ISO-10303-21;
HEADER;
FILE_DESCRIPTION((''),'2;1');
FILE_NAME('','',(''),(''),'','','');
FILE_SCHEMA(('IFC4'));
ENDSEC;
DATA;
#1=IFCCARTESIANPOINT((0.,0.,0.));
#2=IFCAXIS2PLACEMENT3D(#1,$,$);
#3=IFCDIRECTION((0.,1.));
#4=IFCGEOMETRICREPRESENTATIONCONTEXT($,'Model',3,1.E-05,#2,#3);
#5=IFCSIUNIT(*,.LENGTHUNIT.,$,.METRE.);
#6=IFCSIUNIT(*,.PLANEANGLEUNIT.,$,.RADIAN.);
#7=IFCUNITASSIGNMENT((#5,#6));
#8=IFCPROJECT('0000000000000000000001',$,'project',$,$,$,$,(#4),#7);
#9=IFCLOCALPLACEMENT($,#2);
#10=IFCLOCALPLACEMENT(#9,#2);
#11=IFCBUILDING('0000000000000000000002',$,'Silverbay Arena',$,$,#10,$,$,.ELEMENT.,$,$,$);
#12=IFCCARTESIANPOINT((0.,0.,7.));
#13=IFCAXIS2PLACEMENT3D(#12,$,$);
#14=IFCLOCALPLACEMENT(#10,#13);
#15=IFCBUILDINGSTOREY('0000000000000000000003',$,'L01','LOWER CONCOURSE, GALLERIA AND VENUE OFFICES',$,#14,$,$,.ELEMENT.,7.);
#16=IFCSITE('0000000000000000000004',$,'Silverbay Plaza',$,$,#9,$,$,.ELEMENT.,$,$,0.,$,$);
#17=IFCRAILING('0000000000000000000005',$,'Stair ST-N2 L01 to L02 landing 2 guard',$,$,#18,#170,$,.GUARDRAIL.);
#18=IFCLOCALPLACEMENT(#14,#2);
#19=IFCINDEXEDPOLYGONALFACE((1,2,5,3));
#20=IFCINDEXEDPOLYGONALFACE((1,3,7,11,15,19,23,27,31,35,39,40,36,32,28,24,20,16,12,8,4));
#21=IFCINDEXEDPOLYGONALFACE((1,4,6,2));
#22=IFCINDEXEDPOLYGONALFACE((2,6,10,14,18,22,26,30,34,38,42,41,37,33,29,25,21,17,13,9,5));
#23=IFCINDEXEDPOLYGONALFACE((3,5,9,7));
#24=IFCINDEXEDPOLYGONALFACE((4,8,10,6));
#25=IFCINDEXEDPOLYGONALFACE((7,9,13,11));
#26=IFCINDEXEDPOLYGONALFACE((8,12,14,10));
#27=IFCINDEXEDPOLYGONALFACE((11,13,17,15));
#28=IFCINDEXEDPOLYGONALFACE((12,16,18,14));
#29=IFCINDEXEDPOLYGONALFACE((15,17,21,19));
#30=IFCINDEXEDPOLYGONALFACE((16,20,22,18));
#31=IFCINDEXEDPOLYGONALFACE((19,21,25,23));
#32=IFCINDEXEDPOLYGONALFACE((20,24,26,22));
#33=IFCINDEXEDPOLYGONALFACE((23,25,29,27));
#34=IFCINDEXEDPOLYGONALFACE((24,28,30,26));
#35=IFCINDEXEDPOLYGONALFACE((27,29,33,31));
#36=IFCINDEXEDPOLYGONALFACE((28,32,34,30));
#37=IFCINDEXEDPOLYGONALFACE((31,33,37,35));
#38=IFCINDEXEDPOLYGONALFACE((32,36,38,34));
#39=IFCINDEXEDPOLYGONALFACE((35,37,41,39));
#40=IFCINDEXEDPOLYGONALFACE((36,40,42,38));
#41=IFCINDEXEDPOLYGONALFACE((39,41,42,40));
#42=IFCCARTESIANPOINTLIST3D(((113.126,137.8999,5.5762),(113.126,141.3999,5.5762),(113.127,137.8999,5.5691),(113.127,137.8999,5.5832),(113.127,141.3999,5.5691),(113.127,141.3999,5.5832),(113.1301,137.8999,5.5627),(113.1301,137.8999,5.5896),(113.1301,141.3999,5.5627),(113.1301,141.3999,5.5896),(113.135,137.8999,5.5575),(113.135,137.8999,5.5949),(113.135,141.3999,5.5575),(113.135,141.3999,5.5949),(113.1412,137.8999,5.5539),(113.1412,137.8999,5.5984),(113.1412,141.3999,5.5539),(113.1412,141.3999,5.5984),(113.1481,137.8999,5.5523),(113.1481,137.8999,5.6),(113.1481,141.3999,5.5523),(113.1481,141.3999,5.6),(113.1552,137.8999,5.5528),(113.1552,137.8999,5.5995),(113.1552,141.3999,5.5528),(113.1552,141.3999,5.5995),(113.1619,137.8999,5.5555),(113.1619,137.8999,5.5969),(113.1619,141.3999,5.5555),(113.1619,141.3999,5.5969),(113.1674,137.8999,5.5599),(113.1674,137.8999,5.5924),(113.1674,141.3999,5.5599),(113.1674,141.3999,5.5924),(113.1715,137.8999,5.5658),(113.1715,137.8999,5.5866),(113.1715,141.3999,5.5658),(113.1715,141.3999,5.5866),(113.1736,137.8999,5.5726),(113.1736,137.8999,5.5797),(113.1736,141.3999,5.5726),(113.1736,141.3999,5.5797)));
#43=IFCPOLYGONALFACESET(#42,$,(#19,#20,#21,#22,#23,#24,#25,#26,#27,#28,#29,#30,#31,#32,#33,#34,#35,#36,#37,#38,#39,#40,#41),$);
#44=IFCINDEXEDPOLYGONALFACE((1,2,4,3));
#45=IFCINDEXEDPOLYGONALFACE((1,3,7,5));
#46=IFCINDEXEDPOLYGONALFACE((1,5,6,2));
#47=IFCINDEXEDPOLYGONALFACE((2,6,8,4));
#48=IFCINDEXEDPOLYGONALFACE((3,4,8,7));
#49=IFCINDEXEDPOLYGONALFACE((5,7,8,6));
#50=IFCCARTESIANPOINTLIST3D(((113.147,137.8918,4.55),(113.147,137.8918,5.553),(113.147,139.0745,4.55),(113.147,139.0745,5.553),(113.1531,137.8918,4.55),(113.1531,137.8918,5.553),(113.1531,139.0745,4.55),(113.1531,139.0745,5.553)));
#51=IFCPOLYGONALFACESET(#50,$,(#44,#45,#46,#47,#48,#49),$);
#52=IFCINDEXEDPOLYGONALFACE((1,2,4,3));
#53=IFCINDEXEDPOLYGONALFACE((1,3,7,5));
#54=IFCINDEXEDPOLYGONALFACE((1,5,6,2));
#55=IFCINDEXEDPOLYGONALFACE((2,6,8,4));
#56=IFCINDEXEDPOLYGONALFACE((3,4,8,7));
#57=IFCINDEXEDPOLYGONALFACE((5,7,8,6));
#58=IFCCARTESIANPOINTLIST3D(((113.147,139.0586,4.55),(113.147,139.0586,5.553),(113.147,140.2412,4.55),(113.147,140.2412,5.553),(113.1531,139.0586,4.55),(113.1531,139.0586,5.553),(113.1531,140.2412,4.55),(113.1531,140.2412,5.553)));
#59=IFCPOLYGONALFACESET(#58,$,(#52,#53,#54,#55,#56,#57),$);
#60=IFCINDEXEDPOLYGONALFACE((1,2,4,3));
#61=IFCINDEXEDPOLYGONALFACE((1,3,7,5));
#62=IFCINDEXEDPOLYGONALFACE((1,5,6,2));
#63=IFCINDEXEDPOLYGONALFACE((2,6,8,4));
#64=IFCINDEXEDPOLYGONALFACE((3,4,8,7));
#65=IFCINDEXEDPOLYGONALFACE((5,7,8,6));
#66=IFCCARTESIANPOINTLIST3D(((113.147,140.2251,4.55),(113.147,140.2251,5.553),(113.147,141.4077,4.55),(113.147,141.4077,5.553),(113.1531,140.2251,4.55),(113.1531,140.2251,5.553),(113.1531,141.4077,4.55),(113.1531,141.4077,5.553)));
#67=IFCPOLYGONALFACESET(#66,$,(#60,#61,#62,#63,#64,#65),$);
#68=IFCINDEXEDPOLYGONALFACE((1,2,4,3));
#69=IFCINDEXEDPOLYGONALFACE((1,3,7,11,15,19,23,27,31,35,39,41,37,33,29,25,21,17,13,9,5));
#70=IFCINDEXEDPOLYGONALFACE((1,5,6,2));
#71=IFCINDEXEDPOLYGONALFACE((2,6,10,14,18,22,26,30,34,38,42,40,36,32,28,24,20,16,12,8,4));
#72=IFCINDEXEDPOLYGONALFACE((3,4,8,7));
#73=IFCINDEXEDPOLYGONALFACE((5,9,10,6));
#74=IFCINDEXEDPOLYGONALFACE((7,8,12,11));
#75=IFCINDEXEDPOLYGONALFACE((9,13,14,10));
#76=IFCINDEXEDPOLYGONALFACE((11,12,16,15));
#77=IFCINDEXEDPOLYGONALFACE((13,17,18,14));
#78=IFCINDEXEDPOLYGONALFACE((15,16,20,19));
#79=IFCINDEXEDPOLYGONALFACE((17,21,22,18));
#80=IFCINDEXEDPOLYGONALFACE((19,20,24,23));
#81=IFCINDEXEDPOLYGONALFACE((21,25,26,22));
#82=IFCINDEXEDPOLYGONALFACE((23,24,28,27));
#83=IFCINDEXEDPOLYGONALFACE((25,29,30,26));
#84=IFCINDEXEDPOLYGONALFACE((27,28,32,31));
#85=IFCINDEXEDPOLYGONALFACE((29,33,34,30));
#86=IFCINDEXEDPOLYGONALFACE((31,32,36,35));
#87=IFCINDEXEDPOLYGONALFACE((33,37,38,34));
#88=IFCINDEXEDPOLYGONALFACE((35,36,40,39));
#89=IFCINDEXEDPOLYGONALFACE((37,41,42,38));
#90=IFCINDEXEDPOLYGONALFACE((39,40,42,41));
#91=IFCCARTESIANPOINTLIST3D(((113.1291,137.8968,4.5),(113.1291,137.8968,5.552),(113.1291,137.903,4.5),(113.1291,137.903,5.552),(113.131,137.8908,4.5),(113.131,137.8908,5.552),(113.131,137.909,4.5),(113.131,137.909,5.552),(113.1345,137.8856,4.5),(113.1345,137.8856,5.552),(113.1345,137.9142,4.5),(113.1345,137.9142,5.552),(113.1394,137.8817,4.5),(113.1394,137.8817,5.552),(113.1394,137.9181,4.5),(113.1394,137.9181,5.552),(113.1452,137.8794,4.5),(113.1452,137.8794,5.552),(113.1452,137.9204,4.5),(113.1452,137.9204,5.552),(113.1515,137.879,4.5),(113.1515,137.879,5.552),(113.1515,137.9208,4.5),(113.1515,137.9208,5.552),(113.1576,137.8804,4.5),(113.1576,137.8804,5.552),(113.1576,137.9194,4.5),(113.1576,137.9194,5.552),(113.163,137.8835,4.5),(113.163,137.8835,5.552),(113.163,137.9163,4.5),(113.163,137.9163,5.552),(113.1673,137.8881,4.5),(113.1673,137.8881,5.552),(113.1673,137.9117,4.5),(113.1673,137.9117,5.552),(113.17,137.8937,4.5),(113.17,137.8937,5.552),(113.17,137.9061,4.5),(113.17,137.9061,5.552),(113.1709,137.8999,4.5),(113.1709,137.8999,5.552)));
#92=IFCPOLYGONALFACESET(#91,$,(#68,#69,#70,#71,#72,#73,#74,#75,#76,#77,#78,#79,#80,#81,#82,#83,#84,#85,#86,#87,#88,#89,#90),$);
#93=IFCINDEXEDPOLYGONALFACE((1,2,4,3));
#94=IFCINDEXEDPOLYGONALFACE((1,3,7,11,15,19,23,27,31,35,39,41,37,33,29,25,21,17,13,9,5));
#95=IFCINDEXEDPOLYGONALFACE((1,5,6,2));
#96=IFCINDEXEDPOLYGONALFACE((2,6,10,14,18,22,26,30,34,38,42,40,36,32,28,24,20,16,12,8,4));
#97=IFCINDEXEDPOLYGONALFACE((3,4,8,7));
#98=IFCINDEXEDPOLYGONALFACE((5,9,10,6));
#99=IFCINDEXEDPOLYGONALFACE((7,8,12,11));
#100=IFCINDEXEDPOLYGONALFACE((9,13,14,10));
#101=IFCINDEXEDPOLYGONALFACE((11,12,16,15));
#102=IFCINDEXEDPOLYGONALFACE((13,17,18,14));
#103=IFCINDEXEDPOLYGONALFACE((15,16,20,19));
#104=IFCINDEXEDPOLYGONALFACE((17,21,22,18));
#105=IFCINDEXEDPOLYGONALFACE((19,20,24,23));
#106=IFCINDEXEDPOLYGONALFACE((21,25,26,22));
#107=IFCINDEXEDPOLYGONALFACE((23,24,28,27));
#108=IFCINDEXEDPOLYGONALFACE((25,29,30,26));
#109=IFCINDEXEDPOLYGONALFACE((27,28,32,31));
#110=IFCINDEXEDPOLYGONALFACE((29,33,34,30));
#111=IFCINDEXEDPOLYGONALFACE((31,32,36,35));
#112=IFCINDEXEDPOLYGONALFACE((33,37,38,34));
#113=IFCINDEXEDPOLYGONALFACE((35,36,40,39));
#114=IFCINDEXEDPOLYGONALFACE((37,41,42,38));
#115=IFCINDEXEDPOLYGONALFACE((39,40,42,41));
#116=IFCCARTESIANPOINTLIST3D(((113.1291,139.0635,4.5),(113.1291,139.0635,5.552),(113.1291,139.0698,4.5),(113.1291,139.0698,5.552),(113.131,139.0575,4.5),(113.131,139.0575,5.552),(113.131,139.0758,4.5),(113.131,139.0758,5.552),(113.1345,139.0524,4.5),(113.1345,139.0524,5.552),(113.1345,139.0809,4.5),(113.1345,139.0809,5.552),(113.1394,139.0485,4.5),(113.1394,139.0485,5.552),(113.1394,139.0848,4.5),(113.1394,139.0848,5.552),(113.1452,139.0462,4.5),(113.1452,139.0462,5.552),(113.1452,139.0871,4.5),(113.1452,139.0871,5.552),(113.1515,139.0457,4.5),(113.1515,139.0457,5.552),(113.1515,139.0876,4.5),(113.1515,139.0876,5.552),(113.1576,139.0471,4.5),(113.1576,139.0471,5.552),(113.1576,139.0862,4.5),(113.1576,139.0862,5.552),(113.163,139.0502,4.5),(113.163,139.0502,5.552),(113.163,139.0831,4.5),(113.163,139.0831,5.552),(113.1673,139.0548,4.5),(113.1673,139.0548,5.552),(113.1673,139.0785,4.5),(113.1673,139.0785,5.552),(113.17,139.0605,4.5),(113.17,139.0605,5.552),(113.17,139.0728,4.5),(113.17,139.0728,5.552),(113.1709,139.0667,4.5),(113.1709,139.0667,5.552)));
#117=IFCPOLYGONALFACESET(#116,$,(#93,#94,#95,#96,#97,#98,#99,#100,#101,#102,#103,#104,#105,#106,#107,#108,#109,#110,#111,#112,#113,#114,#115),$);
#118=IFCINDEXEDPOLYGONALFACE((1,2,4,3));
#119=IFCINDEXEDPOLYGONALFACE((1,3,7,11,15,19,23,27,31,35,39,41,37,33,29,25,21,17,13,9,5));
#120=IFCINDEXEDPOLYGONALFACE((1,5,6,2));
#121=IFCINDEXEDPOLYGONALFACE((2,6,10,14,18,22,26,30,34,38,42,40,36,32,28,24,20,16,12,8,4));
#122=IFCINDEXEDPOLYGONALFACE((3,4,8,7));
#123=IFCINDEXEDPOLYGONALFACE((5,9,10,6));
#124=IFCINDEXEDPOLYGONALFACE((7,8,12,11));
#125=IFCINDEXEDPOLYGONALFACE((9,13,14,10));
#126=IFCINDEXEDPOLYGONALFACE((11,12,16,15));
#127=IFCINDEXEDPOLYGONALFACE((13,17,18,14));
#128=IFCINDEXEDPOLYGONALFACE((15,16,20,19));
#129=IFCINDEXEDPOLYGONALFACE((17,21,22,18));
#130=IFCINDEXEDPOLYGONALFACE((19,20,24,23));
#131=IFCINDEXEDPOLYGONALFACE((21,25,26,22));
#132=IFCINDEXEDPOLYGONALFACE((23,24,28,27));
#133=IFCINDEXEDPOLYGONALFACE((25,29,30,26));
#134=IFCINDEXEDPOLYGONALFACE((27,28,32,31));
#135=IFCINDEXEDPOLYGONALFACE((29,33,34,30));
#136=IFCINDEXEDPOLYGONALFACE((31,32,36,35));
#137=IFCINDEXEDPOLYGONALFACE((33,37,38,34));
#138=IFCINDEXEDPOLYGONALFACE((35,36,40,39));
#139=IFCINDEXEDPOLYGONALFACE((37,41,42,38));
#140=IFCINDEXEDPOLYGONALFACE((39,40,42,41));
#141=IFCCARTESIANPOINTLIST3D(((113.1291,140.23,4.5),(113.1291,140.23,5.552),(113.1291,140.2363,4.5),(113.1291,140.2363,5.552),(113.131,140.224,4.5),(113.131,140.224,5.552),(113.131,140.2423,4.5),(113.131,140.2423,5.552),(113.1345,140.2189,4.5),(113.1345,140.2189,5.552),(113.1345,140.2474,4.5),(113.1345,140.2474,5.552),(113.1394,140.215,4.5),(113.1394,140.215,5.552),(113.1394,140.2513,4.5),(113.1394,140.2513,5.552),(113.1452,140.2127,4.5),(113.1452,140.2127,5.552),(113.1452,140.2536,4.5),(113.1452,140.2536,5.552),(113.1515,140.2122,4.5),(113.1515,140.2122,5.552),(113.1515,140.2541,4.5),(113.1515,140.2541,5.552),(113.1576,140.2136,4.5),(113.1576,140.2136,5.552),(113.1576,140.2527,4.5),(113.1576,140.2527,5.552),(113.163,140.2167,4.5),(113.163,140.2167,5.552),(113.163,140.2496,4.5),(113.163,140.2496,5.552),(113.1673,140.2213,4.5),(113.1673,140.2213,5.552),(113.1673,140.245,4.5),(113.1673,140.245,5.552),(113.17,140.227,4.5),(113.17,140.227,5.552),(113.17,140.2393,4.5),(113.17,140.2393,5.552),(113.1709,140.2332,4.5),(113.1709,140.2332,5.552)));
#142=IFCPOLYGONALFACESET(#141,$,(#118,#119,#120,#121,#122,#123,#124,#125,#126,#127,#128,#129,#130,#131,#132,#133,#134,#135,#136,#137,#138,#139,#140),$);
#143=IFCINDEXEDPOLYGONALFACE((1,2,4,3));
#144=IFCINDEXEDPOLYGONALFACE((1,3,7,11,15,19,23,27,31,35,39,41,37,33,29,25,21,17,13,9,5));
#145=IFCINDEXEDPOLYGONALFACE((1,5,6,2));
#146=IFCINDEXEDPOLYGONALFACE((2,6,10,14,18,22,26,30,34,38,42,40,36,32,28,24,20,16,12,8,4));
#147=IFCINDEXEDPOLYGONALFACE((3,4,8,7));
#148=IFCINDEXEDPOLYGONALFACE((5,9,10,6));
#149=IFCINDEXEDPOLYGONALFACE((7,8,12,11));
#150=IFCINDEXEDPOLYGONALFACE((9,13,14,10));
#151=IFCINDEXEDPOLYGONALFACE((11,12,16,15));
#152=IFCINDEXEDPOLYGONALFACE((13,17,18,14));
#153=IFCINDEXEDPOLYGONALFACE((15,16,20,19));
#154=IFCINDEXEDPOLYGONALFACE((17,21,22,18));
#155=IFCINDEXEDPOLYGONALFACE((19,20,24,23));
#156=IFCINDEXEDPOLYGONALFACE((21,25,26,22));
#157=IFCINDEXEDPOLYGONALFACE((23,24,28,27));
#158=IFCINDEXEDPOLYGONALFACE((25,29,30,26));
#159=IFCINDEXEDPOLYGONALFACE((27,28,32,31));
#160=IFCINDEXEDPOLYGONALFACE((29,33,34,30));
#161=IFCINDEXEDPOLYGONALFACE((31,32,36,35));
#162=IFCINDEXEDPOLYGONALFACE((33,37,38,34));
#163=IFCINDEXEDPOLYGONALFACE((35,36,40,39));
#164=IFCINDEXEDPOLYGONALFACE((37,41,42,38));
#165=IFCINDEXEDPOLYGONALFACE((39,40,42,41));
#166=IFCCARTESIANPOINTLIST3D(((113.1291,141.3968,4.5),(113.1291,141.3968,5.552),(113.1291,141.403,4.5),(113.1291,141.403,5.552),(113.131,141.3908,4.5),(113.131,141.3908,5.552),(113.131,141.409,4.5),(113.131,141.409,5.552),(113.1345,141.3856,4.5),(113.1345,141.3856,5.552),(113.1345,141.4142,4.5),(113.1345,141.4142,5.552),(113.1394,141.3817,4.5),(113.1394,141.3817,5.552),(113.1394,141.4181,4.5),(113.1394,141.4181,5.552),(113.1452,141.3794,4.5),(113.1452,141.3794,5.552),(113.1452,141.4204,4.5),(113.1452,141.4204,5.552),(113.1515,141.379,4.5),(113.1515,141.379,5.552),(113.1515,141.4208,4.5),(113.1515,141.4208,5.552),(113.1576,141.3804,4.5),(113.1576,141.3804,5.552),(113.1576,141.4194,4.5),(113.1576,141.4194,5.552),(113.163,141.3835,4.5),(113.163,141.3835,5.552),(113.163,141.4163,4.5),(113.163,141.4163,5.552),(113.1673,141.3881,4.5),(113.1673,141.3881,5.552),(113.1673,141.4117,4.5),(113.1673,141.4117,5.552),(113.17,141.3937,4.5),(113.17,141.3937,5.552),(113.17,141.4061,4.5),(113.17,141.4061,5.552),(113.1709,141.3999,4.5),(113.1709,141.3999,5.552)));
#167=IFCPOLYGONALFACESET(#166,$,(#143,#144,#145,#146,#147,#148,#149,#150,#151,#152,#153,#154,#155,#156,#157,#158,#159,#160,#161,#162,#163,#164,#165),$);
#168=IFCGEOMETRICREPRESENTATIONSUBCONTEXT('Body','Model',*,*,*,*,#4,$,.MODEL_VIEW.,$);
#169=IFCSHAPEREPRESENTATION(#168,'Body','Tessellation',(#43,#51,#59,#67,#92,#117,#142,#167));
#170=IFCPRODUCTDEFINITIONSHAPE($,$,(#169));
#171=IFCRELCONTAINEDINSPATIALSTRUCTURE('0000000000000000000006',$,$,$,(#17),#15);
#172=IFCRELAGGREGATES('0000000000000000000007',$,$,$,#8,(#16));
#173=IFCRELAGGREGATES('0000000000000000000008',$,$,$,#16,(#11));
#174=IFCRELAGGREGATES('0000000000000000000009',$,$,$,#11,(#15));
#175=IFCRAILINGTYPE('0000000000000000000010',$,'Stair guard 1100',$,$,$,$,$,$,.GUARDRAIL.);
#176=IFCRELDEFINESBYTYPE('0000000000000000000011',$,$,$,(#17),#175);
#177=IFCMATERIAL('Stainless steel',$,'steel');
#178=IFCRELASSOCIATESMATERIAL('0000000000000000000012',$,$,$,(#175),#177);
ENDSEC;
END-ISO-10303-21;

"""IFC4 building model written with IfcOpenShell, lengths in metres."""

from ifc_helpers import new_model, si_unit, direction, frame, origin, origin_2d, place, context, subcontext, project, spatial, polyline, circle, outline, extrude, material, type_object, element, save


model = new_model("IFC4")

# Units and contexts
model_context = context("Model", 3, precision=1e-05, world=origin(), true_north=direction((0.0, 1.0)))
body_context = subcontext(model_context, "Body", "Model", "MODEL_VIEW")
ifc_project = project(units=[si_unit("LENGTHUNIT", "METRE"), si_unit("PLANEANGLEUNIT", "RADIAN")], contexts=[model_context])

# Site, building, storey
site_placement = place(None, origin())
site = spatial("IfcSite", under=ifc_project, at=site_placement, Name="Silverbay Plaza", CompositionType="ELEMENT", RefElevation=0.0)
building_placement = place(site_placement, origin())
building = spatial("IfcBuilding", under=site, at=building_placement, Name="Silverbay Arena", CompositionType="ELEMENT")
storey_placement = place(building_placement, frame((0.0, 0.0, 7.0)))
storey = spatial("IfcBuildingStorey", under=building, at=storey_placement, Name="L01", Description="LOWER CONCOURSE, GALLERIA AND VENUE OFFICES", CompositionType="ELEMENT", Elevation=7.0)

# Railing
ifc_material_1 = material(Name="Stainless steel", Category="steel")
railing_type_1 = type_object("IfcRailingType", Name="Stair guard 1100", PredefinedType="GUARDRAIL", material=ifc_material_1)
railing_1_placement = place(storey_placement, frame((113.1499, 137.8999, 4.5)))
element("IfcRailing", 1, at=railing_1_placement, inside=storey, type_object=railing_type_1, Name="Stair ST-N2 L01 to L02 landing 2 guard", PredefinedType="GUARDRAIL", context=body_context, shape_type="SweptSolid", body=[
    extrude(circle(Radius=0.0239, at=origin_2d()), frame((0.0, 0.0, 1.0762), z_axis=(0.0, 1.0, 0.0), x_axis=(-1.0, 0.0, 0.0)), (0.0, 0.0, 1.0), 3.5),
    extrude(outline(polyline([(-0.0081, 0.05), (1.1746, 0.05), (1.1746, 1.053), (-0.0081, 1.053), (-0.0081, 0.05)])), frame((-0.0029, 0.0, 0.0), z_axis=(1.0, 0.0, 0.0), x_axis=(0.0, 1.0, 0.0)), (0.0, 0.0, 1.0), 0.0061),
    extrude(outline(polyline([(-0.0081, 0.05), (1.1746, 0.05), (1.1746, 1.053), (-0.0081, 1.053), (-0.0081, 0.05)])), frame((-0.0029, 1.1667, 0.0), z_axis=(1.0, 0.0, 0.0), x_axis=(0.0, 1.0, 0.0)), (0.0, 0.0, 1.0), 0.0061),
    extrude(outline(polyline([(-0.0081, 0.05), (1.1746, 0.05), (1.1746, 1.053), (-0.0081, 1.053), (-0.0081, 0.05)])), frame((-0.0029, 2.3333, 0.0), z_axis=(1.0, 0.0, 0.0), x_axis=(0.0, 1.0, 0.0)), (0.0, 0.0, 1.0), 0.0061),
    extrude(circle(Radius=0.021, at=origin_2d()), origin(), (0.0, 0.0, 1.0), 1.052),
    extrude(circle(Radius=0.021, at=origin_2d()), frame((0.0, 1.1667, 0.0)), (0.0, 0.0, 1.0), 1.052),
    extrude(circle(Radius=0.021, at=origin_2d()), frame((0.0, 2.3333, 0.0)), (0.0, 0.0, 1.0), 1.052),
    extrude(circle(Radius=0.021, at=origin_2d()), frame((0.0, 3.5, 0.0)), (0.0, 0.0, 1.0), 1.052),
])

save(model, "model.ifc")
